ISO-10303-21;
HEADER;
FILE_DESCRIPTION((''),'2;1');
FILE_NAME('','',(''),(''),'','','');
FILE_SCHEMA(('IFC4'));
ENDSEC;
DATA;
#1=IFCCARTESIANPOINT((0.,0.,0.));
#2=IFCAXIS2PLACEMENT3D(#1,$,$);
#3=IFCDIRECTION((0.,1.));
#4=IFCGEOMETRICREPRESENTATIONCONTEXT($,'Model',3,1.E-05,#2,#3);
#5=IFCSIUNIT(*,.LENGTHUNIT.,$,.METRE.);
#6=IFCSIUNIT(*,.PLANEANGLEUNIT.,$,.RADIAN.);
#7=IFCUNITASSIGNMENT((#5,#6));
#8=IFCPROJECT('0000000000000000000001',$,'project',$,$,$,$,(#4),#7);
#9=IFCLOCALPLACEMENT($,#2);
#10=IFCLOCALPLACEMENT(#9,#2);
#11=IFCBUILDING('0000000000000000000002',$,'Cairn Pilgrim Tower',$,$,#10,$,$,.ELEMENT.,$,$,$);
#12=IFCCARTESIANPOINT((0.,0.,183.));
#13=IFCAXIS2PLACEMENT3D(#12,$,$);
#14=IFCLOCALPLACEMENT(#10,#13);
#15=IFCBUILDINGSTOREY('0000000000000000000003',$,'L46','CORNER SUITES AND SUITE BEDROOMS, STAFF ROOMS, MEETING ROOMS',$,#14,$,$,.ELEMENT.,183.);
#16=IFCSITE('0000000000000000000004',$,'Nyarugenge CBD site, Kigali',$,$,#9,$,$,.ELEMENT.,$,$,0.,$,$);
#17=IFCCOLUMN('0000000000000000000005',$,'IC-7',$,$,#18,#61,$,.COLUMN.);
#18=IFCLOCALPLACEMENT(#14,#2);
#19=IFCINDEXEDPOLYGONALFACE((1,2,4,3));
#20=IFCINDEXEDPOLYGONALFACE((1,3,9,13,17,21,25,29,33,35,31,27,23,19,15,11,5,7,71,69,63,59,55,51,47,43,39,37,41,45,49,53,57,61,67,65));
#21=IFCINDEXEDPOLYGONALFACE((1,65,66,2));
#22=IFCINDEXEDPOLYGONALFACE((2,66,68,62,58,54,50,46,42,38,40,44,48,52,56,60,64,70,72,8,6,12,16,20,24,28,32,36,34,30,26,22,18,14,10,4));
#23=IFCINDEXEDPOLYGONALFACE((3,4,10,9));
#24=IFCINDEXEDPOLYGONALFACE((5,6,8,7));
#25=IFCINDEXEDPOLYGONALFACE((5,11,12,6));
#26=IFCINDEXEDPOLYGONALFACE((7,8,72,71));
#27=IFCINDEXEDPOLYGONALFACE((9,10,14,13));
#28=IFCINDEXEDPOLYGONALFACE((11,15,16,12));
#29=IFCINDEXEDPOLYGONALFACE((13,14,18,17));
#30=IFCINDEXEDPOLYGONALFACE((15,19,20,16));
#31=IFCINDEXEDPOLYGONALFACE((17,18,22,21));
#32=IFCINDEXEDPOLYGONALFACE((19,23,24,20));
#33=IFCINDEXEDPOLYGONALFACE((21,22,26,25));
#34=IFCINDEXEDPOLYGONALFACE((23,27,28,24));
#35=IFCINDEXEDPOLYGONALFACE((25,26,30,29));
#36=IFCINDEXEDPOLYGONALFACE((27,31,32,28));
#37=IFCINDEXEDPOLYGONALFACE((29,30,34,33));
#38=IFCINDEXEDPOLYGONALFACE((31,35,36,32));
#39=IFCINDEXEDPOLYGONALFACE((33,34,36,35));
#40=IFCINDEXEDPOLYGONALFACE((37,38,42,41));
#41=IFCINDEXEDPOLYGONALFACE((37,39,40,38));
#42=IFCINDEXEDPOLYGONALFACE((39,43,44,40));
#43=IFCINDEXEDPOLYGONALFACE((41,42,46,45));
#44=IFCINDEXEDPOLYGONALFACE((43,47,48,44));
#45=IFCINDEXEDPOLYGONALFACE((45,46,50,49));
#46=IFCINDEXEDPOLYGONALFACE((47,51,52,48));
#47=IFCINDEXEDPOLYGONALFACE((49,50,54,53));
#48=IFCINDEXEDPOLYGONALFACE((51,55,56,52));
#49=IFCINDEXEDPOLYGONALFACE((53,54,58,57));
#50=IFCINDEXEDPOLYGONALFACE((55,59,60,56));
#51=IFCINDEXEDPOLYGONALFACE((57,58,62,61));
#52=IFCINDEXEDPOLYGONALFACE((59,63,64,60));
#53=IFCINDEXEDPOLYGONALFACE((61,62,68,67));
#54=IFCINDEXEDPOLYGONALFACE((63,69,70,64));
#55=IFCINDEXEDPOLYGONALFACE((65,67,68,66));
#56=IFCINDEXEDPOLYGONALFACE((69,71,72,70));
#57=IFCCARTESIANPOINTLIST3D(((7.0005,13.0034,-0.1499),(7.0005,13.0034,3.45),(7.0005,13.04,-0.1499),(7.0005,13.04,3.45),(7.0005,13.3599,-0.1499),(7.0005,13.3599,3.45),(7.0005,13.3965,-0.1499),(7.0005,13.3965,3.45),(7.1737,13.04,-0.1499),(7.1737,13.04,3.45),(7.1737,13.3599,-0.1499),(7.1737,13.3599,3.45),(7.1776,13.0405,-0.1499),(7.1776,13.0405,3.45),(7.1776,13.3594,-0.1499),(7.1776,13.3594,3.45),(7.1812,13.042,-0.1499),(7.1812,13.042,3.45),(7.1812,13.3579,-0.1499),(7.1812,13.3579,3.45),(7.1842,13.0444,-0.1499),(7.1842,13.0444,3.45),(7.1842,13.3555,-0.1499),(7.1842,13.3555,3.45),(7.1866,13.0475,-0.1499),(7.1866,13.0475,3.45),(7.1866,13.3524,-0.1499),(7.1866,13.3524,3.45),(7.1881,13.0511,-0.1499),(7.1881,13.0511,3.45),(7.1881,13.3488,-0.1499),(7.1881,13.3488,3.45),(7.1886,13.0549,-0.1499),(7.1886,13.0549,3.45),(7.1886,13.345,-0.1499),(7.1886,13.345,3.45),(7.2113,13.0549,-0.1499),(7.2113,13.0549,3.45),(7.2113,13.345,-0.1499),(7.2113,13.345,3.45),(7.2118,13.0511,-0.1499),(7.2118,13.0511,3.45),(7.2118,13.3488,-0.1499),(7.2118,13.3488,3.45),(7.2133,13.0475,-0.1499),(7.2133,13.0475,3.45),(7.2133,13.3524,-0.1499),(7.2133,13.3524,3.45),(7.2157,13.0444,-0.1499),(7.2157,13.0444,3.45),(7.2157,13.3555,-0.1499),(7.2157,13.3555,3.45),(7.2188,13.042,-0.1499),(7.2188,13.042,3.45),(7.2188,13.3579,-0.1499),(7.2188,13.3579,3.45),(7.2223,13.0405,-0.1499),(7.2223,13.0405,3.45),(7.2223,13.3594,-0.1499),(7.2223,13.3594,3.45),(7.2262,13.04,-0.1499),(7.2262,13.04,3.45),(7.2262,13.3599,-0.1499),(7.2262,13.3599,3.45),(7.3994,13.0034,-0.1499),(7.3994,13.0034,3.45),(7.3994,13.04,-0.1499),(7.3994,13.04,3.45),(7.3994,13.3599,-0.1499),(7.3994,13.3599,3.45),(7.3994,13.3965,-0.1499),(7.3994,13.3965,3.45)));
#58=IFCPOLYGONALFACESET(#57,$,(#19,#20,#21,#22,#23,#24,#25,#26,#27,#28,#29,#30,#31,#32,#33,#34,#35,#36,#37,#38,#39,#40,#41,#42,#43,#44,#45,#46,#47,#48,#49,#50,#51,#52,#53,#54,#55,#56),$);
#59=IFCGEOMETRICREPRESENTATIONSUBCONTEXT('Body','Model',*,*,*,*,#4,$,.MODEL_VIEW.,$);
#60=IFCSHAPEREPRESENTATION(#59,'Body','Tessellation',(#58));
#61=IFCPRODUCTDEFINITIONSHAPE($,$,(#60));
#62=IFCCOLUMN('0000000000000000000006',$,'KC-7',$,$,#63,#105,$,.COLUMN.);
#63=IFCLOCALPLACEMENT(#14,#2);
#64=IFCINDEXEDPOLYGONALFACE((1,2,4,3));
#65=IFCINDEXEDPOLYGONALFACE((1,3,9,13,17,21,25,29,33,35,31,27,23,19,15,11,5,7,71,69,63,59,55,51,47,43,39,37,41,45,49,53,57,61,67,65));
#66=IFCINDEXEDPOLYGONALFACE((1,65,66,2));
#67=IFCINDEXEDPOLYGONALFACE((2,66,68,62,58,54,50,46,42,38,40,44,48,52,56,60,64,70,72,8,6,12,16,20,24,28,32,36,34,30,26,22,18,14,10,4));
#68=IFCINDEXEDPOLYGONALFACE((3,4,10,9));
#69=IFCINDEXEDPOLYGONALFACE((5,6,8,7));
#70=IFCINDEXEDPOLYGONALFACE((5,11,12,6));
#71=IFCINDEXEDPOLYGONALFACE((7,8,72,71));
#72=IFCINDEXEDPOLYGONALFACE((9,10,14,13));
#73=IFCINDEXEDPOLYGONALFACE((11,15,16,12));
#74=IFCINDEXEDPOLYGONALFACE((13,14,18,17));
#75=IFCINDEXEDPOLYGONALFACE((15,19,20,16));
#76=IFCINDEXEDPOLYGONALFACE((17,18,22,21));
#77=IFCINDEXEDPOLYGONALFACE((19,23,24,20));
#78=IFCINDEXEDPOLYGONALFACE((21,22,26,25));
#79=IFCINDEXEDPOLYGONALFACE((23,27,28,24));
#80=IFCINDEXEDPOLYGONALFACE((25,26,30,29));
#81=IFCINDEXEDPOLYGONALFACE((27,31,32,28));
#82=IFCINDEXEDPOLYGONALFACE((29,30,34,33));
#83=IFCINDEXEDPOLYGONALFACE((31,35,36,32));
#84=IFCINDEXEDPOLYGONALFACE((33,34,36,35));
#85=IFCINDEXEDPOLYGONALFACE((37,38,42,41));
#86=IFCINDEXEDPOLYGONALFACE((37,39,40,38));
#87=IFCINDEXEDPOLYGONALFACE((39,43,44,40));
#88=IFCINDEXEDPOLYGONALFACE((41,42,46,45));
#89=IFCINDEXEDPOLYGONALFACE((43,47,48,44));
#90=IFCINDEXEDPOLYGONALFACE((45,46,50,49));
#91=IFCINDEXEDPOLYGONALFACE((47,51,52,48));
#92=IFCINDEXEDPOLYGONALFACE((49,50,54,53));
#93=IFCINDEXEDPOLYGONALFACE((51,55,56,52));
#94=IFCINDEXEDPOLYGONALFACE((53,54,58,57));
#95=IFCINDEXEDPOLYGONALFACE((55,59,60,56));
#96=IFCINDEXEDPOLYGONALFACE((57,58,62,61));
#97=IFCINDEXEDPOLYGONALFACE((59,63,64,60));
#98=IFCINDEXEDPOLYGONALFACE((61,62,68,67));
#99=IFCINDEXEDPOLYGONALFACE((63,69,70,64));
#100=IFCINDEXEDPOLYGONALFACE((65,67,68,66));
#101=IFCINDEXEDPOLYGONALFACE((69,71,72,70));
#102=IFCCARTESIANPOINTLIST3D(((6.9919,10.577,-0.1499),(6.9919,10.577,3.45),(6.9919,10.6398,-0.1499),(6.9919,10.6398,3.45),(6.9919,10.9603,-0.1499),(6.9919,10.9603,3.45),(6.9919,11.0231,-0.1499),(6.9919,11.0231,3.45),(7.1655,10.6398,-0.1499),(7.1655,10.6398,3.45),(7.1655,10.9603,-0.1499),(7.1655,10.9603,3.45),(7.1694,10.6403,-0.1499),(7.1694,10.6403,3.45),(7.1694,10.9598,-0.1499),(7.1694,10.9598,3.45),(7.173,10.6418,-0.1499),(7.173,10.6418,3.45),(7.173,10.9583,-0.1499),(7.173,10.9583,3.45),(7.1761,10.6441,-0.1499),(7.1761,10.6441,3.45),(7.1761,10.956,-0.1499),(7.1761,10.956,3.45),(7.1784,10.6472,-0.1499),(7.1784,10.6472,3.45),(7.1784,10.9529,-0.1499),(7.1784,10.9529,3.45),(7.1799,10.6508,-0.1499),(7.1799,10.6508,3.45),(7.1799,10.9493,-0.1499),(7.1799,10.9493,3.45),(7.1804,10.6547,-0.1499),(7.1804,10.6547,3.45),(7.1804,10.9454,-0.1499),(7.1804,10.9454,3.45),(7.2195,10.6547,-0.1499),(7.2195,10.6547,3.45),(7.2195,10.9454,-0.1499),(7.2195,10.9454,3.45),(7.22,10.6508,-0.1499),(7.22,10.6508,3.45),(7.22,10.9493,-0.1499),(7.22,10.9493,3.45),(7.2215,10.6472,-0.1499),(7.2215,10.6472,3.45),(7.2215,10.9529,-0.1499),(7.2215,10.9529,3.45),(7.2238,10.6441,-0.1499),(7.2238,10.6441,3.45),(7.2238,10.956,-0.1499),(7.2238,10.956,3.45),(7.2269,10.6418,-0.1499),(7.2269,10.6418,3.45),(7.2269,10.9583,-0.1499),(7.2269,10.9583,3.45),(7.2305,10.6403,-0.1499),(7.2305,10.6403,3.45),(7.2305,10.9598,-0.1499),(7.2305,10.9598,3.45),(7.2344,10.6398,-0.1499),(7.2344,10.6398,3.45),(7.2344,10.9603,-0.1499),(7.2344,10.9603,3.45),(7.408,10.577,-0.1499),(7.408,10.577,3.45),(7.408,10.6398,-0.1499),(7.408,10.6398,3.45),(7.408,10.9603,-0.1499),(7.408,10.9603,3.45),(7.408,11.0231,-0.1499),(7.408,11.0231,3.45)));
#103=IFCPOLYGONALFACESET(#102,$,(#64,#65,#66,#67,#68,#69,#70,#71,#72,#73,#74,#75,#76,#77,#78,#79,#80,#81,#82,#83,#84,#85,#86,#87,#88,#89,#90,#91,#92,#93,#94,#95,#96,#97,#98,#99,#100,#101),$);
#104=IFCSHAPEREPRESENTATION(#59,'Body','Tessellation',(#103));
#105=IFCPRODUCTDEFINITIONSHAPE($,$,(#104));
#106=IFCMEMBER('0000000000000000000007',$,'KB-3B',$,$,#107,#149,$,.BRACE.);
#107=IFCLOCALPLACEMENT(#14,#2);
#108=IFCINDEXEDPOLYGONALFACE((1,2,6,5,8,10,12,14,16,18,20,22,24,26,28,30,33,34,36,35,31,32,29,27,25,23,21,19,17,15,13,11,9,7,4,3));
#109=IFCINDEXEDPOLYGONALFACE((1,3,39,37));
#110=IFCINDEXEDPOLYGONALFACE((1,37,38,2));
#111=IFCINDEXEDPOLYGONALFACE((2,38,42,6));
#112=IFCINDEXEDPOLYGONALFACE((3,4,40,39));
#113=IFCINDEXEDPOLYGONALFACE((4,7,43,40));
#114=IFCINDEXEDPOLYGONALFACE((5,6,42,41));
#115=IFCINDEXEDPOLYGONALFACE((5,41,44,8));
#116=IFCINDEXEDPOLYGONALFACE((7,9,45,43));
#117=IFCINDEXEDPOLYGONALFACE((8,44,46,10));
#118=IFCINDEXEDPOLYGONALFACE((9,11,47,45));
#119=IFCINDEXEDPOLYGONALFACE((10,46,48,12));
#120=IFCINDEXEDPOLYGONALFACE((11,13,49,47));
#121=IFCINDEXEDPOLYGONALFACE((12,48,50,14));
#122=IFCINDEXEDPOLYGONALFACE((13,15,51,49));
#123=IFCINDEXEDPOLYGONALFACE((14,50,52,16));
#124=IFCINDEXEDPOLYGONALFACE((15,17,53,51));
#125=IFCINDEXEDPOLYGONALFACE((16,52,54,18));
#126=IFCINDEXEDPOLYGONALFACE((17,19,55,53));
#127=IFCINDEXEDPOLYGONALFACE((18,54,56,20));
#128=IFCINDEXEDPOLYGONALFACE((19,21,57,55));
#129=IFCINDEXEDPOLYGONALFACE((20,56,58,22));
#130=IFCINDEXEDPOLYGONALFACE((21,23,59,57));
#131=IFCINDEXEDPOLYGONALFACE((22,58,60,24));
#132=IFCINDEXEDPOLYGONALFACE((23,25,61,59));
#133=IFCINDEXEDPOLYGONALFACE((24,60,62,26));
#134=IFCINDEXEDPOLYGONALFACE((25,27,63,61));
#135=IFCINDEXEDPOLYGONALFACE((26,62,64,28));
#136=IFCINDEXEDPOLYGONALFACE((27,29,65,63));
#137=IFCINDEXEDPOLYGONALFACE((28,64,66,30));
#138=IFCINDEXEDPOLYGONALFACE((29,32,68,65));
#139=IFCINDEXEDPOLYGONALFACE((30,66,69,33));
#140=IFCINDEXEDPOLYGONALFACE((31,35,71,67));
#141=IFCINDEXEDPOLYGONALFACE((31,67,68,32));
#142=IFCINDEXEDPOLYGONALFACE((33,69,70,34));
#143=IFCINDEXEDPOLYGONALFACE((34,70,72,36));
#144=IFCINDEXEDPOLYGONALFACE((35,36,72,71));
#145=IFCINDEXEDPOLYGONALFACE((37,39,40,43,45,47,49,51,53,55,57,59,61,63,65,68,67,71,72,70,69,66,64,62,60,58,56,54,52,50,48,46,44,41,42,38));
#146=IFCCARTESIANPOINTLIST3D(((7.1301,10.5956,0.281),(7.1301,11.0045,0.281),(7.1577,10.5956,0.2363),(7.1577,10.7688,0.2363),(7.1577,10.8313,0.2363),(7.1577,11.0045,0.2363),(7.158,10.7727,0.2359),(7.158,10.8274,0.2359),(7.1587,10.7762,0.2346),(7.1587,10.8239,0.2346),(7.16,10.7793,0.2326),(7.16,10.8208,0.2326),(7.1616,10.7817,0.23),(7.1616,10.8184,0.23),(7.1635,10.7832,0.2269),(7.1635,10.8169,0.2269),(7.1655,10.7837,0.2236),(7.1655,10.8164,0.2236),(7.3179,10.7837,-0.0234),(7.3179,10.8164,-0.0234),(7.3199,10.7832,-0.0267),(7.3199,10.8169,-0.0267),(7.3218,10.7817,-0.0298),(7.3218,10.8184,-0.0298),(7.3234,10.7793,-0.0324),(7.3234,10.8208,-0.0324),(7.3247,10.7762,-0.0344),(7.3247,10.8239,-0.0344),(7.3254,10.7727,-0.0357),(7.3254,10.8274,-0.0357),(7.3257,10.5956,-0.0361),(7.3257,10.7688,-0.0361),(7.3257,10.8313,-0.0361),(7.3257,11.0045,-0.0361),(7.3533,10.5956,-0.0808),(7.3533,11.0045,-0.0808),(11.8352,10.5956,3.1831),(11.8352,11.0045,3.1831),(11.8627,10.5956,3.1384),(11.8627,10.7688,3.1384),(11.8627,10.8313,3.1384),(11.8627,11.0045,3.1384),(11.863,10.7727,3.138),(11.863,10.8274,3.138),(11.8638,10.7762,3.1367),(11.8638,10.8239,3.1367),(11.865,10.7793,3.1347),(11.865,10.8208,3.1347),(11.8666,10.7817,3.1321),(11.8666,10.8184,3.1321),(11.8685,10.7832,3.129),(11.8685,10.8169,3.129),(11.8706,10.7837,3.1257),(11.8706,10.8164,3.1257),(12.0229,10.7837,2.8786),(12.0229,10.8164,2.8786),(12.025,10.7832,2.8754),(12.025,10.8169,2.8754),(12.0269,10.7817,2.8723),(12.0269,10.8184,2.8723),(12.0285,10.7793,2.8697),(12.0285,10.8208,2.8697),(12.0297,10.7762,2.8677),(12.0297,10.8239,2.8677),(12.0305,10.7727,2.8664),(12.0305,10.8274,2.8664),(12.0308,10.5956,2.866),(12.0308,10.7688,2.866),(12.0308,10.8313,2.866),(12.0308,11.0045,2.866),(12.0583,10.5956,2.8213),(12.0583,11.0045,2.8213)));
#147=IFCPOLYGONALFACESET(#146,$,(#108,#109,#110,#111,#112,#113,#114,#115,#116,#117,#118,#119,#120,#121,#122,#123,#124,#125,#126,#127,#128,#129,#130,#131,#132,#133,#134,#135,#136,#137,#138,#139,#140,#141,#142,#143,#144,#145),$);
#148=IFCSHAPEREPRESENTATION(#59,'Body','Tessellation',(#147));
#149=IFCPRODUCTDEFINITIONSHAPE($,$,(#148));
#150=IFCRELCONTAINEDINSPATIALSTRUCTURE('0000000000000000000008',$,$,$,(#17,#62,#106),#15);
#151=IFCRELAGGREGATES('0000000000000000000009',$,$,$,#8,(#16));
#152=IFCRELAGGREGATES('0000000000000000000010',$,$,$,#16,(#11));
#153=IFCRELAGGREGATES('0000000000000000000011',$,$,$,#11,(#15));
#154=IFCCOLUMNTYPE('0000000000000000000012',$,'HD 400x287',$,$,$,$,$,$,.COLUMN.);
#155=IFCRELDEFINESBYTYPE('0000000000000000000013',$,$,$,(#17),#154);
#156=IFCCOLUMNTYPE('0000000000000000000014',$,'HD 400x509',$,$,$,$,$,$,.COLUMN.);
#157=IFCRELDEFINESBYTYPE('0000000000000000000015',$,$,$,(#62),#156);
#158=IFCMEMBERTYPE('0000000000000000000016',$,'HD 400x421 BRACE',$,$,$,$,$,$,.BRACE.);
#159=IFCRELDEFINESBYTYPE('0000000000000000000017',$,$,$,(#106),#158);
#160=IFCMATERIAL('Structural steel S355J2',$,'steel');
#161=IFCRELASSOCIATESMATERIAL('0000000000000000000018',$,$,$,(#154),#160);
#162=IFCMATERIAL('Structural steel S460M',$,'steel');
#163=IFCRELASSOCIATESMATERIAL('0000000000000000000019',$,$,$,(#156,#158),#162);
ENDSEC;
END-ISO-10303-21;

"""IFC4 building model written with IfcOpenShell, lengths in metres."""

from ifc_helpers import new_model, si_unit, direction, frame, origin, origin_2d, place, context, subcontext, project, spatial, i_section, extrude, material, material_profile, profile_set, type_object, element, save


model = new_model("IFC4")

# Units and contexts
model_context = context("Model", 3, precision=1e-05, world=origin(), true_north=direction((0.0, 1.0)))
body_context = subcontext(model_context, "Body", "Model", "MODEL_VIEW")
ifc_project = project(units=[si_unit("LENGTHUNIT", "METRE"), si_unit("PLANEANGLEUNIT", "RADIAN")], contexts=[model_context])

# Site, building, storey
site_placement = place(None, origin())
site = spatial("IfcSite", under=ifc_project, at=site_placement, Name="Nyarugenge CBD site, Kigali", CompositionType="ELEMENT", RefElevation=0.0)
building_placement = place(site_placement, origin())
building = spatial("IfcBuilding", under=site, at=building_placement, Name="Cairn Pilgrim Tower", CompositionType="ELEMENT")
storey_placement = place(building_placement, frame((0.0, 0.0, 183.0)))
storey = spatial("IfcBuildingStorey", under=building, at=storey_placement, Name="L46", Description="CORNER SUITES AND SUITE BEDROOMS, STAFF ROOMS, MEETING ROOMS", CompositionType="ELEMENT", Elevation=183.0)

# Columns
ifc_material_1 = material(Name="Structural steel S355J2", Category="steel")
ifc_material_profile_1 = material_profile(ifc_material_1, i_section(OverallWidth=0.3989, OverallDepth=0.3931, WebThickness=0.0227, FlangeThickness=0.0366, FilletRadius=0.0149, at=origin_2d()), Name="HD 400x287")
ifc_profile_set_1 = profile_set([ifc_material_profile_1], Name="Structural steel S355J2")
column_type_1 = type_object("IfcColumnType", Name="HD 400x287", PredefinedType="COLUMN", material=ifc_profile_set_1)
column_1_placement = place(storey_placement, frame((7.2, 13.2, -0.1499), z_axis=(0.0, 0.0, 1.0), x_axis=(1.0, 0.0, 0.0)))
element("IfcColumn", 1, at=column_1_placement, inside=storey, type_object=column_type_1, Name="IC-7", PredefinedType="COLUMN", context=body_context, shape_type="SweptSolid", body=[
    extrude(i_section(OverallWidth=0.3989, OverallDepth=0.3931, WebThickness=0.0227, FlangeThickness=0.0366, FilletRadius=0.0149, at=origin_2d()), origin(), (0.0, 0.0, 1.0), 3.5999),
])
ifc_material_2 = material(Name="Structural steel S460M", Category="steel")
ifc_material_profile_2 = material_profile(ifc_material_2, i_section(OverallWidth=0.416, OverallDepth=0.446, WebThickness=0.0391, FlangeThickness=0.0627, FilletRadius=0.0149, at=origin_2d()), Name="HD 400x509")
ifc_profile_set_2 = profile_set([ifc_material_profile_2], Name="Structural steel S460M")
column_type_2 = type_object("IfcColumnType", Name="HD 400x509", PredefinedType="COLUMN", material=ifc_profile_set_2)
column_2_placement = place(storey_placement, frame((7.2, 10.8, -0.1499), z_axis=(0.0, 0.0, 1.0), x_axis=(1.0, 0.0, 0.0)))
element("IfcColumn", 2, at=column_2_placement, inside=storey, type_object=column_type_2, Name="KC-7", PredefinedType="COLUMN", context=body_context, shape_type="SweptSolid", body=[
    extrude(i_section(OverallWidth=0.416, OverallDepth=0.446, WebThickness=0.0391, FlangeThickness=0.0627, FilletRadius=0.0149, at=origin_2d()), origin(), (0.0, 0.0, 1.0), 3.5999),
])

# Member
ifc_material_profile_3 = material_profile(ifc_material_2, i_section(OverallWidth=0.4089, OverallDepth=0.425, WebThickness=0.0327, FlangeThickness=0.0525, FilletRadius=0.0149, at=origin_2d()), Name="HD 400x421")
ifc_profile_set_3 = profile_set([ifc_material_profile_3], Name="Structural steel S460M")
member_type = type_object("IfcMemberType", Name="HD 400x421 BRACE", PredefinedType="BRACE", material=ifc_profile_set_3)
member_placement = place(storey_placement, frame((7.2417, 10.8, 0.1001), z_axis=(0.85112, 0.0, 0.524972), x_axis=(0.0, 1.0, 0.0)))
element("IfcMember", 3, at=member_placement, inside=storey, type_object=member_type, Name="KB-3B", PredefinedType="BRACE", context=body_context, shape_type="SweptSolid", body=[
    extrude(i_section(OverallWidth=0.4089, OverallDepth=0.425, WebThickness=0.0327, FlangeThickness=0.0525, FilletRadius=0.0149, at=origin_2d()), origin(), (0.0, 0.0, 1.0), 5.5281),
])

save(model, "model.ifc")
